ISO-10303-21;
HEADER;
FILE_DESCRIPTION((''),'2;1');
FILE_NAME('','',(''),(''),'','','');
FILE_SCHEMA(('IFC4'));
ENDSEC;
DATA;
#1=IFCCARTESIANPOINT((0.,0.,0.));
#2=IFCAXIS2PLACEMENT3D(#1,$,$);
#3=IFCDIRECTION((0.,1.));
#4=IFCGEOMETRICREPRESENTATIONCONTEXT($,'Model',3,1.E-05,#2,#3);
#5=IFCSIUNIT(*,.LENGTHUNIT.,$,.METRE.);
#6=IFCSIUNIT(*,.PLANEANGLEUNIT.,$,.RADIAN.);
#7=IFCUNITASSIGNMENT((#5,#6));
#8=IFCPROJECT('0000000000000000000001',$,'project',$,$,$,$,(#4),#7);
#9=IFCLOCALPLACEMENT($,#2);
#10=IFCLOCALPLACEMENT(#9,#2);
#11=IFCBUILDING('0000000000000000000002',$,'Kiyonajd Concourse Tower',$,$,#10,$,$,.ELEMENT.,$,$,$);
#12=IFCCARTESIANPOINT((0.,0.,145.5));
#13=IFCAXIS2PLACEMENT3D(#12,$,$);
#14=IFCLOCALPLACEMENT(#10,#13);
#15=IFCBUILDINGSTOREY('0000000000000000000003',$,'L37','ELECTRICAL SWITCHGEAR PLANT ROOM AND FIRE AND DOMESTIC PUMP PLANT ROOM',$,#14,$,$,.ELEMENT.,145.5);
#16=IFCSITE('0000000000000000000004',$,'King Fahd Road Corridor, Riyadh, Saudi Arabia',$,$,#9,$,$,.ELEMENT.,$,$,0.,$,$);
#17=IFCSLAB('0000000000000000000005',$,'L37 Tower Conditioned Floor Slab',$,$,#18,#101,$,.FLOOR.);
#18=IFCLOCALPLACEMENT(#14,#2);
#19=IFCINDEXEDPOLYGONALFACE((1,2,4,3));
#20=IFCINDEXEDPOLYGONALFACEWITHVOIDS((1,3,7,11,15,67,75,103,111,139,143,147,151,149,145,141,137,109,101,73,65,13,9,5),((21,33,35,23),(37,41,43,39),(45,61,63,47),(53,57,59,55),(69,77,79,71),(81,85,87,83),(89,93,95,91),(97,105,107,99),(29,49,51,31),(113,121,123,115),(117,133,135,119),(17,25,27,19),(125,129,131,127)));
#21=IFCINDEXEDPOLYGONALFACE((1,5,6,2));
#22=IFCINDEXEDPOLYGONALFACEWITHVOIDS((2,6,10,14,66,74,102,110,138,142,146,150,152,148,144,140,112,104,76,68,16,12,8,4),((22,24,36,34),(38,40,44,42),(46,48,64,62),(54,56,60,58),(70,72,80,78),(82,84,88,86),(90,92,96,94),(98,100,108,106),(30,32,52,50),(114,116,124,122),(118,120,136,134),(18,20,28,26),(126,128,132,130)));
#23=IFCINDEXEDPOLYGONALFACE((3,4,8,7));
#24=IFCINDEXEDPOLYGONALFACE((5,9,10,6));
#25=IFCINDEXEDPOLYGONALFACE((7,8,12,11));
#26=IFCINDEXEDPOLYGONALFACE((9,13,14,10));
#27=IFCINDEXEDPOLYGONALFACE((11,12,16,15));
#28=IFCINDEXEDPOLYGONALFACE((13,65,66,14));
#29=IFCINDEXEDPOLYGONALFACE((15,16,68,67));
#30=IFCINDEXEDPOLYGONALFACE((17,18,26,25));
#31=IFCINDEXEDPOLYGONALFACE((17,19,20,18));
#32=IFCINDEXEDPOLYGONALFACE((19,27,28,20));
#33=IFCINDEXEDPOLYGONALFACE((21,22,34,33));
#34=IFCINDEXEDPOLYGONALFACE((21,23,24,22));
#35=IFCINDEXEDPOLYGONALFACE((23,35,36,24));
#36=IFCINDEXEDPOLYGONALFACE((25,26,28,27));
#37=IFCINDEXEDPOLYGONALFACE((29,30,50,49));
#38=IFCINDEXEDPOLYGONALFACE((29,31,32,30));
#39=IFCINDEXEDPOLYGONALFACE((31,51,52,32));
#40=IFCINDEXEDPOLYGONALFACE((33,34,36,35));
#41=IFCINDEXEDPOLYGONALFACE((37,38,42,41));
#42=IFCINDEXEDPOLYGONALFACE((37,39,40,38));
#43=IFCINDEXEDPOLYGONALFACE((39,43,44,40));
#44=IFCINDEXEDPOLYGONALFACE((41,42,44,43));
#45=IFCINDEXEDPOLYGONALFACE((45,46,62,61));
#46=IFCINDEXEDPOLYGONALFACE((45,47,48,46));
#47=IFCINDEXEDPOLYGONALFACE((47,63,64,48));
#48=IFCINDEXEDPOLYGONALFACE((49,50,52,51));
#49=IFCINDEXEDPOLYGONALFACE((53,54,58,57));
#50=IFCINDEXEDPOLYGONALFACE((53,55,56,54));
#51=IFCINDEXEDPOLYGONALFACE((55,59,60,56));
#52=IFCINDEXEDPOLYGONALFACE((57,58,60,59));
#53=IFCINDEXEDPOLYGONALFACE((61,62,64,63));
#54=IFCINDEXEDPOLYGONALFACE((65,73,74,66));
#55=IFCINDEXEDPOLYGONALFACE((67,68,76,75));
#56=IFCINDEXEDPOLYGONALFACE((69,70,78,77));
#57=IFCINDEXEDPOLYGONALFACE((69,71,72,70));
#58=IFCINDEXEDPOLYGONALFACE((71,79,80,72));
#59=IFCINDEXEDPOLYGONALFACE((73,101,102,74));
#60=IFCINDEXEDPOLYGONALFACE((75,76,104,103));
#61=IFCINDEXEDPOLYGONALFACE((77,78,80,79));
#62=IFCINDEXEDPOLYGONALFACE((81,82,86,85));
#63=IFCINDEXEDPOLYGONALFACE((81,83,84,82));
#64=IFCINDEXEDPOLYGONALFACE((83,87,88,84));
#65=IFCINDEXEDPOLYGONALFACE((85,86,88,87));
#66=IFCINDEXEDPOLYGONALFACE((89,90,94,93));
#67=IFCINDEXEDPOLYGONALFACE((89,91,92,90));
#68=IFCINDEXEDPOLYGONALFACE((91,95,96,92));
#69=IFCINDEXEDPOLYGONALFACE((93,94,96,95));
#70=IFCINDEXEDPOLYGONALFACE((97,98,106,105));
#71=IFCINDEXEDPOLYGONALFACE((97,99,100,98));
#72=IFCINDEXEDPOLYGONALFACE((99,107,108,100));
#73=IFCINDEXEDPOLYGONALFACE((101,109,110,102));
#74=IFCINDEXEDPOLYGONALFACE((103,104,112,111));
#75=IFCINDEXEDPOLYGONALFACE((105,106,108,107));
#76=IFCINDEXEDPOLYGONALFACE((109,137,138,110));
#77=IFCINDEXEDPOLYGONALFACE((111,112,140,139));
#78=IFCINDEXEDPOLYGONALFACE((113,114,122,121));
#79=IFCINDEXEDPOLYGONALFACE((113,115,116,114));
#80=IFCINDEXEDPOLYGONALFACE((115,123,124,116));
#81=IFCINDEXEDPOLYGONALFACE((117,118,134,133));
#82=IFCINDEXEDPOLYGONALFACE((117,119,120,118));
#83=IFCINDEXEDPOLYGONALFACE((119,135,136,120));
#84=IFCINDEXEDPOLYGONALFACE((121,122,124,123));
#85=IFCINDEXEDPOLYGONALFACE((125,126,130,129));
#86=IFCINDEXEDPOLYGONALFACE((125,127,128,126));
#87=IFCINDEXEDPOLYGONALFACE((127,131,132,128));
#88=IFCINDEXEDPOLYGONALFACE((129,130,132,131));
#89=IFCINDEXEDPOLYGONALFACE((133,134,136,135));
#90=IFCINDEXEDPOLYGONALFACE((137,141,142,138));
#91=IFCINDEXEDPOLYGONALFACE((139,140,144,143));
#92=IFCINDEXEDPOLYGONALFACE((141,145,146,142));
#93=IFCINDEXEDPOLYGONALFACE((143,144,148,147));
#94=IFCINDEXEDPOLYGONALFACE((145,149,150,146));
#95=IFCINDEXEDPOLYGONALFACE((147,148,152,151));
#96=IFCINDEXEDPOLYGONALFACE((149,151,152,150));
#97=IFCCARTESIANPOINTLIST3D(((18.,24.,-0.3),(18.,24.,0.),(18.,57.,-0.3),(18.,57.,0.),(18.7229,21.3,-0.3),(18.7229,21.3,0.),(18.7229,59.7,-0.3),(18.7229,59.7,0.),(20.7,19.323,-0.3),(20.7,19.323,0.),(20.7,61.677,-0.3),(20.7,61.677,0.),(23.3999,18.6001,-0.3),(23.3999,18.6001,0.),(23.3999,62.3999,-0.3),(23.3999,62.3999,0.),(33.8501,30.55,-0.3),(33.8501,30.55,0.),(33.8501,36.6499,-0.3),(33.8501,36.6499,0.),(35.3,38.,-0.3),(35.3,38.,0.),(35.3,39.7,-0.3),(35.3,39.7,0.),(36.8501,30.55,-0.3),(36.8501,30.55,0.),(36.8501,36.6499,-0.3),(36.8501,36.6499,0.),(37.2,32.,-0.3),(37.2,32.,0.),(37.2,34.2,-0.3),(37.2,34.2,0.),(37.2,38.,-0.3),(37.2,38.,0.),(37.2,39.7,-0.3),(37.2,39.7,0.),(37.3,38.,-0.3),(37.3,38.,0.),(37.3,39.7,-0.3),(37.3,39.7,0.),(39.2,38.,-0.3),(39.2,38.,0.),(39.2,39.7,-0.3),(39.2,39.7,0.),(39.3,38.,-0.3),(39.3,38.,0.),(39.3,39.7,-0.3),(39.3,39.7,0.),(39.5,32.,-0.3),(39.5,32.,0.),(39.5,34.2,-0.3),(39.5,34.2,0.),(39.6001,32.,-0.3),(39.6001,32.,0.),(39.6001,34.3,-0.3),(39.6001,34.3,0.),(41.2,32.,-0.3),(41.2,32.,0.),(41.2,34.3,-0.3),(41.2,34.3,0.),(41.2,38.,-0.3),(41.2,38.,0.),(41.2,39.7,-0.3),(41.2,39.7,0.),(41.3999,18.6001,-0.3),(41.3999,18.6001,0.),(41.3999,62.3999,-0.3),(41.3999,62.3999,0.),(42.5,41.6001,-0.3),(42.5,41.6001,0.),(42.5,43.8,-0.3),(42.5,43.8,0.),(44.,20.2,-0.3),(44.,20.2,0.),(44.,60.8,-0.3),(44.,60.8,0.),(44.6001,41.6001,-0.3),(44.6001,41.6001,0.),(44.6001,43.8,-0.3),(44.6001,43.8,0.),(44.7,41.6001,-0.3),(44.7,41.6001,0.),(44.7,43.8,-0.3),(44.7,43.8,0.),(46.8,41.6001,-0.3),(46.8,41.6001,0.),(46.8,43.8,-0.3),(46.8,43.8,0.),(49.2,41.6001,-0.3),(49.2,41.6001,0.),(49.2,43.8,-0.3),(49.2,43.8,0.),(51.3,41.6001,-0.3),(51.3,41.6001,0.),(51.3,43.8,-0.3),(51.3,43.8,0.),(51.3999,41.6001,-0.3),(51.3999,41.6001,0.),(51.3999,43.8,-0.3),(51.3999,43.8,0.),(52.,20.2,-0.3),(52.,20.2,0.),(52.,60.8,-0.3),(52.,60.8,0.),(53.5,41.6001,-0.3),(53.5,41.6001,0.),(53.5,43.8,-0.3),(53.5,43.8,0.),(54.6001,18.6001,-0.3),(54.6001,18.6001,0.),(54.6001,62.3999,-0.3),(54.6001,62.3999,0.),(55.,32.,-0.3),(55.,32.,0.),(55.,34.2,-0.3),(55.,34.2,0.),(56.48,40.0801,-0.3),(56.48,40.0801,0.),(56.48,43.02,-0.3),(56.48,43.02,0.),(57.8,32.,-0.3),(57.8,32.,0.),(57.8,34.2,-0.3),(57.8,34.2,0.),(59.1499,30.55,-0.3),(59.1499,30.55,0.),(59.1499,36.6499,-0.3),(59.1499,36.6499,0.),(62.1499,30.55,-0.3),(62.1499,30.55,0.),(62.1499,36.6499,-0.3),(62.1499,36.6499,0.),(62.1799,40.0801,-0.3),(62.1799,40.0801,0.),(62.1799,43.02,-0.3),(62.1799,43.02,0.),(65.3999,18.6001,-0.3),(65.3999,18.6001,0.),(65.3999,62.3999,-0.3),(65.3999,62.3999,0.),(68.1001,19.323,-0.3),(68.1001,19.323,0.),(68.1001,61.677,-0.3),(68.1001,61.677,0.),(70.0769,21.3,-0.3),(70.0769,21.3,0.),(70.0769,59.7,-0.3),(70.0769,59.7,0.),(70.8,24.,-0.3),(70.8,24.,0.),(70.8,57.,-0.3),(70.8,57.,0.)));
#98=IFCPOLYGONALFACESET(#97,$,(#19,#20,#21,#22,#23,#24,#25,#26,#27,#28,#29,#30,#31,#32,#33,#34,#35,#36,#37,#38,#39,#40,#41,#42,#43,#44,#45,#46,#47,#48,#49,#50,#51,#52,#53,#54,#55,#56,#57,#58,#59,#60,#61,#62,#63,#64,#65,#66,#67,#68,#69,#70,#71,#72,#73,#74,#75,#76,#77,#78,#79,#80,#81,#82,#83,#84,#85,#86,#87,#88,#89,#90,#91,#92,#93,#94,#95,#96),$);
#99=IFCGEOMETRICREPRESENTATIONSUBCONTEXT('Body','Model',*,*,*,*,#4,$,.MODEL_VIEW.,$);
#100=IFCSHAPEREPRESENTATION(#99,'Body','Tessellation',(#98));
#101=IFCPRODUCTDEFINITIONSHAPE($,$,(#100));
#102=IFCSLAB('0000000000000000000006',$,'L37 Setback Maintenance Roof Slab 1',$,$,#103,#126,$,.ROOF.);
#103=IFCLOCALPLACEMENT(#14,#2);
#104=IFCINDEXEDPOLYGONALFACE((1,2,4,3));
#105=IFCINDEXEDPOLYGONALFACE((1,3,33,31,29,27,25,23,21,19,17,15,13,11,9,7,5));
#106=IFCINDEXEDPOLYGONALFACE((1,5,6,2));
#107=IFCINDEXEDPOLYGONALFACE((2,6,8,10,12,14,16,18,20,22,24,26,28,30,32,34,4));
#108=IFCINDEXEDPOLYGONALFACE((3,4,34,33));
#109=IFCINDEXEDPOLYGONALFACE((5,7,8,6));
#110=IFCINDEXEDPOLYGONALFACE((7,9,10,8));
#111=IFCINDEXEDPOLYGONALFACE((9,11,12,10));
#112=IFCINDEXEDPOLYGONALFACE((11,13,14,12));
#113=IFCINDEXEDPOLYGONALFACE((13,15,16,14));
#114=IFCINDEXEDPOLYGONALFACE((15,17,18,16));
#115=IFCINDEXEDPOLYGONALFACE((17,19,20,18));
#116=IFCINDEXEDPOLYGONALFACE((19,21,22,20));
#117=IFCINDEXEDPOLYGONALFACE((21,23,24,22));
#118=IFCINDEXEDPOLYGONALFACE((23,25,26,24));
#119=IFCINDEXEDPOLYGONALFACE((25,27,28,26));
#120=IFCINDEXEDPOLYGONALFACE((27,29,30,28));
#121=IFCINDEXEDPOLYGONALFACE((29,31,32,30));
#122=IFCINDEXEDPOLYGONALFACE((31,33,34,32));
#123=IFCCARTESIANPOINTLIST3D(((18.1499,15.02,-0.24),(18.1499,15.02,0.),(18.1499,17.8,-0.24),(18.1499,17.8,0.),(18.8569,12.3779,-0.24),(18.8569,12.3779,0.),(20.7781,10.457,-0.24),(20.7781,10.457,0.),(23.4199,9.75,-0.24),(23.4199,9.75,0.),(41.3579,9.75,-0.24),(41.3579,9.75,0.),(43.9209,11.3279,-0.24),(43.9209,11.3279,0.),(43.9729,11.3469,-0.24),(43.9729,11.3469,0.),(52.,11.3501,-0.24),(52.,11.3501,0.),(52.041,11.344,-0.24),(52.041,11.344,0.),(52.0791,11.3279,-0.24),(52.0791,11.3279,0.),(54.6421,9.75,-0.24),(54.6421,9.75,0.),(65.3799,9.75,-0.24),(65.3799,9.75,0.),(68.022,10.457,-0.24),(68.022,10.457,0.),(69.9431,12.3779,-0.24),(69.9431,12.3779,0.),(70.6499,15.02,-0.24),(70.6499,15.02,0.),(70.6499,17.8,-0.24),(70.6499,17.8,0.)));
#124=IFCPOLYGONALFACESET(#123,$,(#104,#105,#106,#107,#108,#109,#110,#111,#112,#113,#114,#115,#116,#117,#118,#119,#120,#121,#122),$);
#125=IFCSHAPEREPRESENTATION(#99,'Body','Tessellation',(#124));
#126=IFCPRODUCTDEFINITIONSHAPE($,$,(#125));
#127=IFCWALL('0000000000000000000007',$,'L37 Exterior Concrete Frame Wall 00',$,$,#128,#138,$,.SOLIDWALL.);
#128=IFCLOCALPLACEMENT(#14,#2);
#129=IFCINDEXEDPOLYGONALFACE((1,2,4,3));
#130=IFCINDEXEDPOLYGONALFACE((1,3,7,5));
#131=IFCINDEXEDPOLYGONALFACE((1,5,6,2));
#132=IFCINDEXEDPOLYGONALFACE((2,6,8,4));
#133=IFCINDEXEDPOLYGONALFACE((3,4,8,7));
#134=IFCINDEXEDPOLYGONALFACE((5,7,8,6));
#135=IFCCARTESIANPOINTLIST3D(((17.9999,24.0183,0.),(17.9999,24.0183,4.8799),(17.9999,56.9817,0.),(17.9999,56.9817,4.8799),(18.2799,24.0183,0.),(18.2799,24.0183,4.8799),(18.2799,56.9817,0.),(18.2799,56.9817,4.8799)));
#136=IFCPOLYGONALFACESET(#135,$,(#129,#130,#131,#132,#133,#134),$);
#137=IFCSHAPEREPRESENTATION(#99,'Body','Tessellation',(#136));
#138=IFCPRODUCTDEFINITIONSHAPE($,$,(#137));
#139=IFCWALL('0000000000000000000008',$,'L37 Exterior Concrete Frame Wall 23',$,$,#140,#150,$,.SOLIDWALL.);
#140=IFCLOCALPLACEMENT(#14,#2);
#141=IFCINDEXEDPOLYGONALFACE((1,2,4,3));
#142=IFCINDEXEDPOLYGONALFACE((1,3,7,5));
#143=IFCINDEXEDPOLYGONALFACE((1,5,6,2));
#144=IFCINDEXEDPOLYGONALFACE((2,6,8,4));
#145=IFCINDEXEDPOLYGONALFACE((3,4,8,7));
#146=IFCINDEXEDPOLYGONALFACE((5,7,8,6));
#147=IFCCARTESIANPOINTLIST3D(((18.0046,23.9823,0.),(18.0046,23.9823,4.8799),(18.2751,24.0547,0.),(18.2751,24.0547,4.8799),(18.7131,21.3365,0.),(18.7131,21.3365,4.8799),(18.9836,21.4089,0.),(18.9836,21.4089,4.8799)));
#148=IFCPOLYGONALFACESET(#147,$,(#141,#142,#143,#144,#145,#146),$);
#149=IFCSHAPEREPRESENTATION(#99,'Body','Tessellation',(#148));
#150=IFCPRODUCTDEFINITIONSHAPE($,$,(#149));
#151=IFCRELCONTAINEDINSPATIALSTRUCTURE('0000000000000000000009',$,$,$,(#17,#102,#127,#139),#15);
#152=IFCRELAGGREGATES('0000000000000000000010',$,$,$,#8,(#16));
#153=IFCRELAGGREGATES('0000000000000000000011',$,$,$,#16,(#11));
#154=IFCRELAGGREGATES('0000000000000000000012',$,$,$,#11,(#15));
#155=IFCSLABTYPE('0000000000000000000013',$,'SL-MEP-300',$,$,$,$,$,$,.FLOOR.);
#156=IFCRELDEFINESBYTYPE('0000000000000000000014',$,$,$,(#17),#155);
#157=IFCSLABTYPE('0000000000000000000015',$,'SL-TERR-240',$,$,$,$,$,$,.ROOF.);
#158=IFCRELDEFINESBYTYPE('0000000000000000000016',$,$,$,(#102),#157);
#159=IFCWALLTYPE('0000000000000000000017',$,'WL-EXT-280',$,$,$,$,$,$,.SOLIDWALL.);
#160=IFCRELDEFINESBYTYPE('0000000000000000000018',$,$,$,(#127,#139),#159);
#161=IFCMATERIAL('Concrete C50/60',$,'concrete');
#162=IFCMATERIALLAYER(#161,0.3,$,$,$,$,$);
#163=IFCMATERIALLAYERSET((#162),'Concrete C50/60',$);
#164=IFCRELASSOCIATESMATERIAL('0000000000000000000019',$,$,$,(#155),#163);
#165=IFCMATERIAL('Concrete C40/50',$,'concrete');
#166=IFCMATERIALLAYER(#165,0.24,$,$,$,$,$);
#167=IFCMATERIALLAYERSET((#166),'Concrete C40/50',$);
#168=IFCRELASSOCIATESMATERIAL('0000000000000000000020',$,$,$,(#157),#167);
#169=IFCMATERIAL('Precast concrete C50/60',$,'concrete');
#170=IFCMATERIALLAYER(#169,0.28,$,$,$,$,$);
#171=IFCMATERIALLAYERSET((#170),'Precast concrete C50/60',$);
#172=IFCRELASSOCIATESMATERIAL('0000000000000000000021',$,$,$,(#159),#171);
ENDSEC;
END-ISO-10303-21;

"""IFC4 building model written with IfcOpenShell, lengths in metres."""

from ifc_helpers import new_model, si_unit, direction, frame, frame_2d, origin, place, context, subcontext, project, spatial, polyline, rectangle, outline, extrude, material, layer, layer_set, type_object, element, save


model = new_model("IFC4")

# Units and contexts
model_context = context("Model", 3, precision=1e-05, world=origin(), true_north=direction((0.0, 1.0)))
body_context = subcontext(model_context, "Body", "Model", "MODEL_VIEW")
ifc_project = project(units=[si_unit("LENGTHUNIT", "METRE"), si_unit("PLANEANGLEUNIT", "RADIAN")], contexts=[model_context])

# Site, building, storey
site_placement = place(None, origin())
site = spatial("IfcSite", under=ifc_project, at=site_placement, Name="King Fahd Road Corridor, Riyadh, Saudi Arabia", CompositionType="ELEMENT", RefElevation=0.0)
building_placement = place(site_placement, origin())
building = spatial("IfcBuilding", under=site, at=building_placement, Name="Kiyonajd Concourse Tower", CompositionType="ELEMENT")
storey_placement = place(building_placement, frame((0.0, 0.0, 145.5)))
storey = spatial("IfcBuildingStorey", under=building, at=storey_placement, Name="L37", Description="ELECTRICAL SWITCHGEAR PLANT ROOM AND FIRE AND DOMESTIC PUMP PLANT ROOM", CompositionType="ELEMENT", Elevation=145.5)

# Shared definitions
ifc_material_1 = material(Name="Concrete C40/50", Category="concrete")

# Slabs
ifc_material_2 = material(Name="Concrete C50/60", Category="concrete")
ifc_layer_1 = layer(ifc_material_2, 0.3)
ifc_layer_set_1 = layer_set([ifc_layer_1], Name="Concrete C50/60")
slab_type_1 = type_object("IfcSlabType", Name="SL-MEP-300", PredefinedType="FLOOR", material=ifc_layer_set_1)
slab_1_placement = place(storey_placement, frame((0.0, 0.0, -0.3)))
element("IfcSlab", 1, at=slab_1_placement, inside=storey, type_object=slab_type_1, Name="L37 Tower Conditioned Floor Slab", PredefinedType="FLOOR", context=body_context, shape_type="SweptSolid", body=[
    extrude(outline(polyline([(18.0, 24.0), (18.7229, 21.3), (20.7, 19.323), (23.3999, 18.6001), (41.3999, 18.6001), (44.0, 20.2), (52.0, 20.2), (54.6001, 18.6001), (65.3999, 18.6001), (68.1001, 19.323), (70.0769, 21.3), (70.8, 24.0), (70.8, 57.0), (70.0769, 59.7), (68.1001, 61.677), (65.3999, 62.3999), (54.6001, 62.3999), (52.0, 60.8), (44.0, 60.8), (41.3999, 62.3999), (23.3999, 62.3999), (20.7, 61.677), (18.7229, 59.7), (18.0, 57.0), (18.0, 24.0)]), holes=[polyline([(39.5, 32.0), (37.2, 32.0), (37.2, 34.2), (39.5, 34.2), (39.5, 32.0)]), polyline([(39.6001, 32.0), (39.6001, 34.3), (41.2, 34.3), (41.2, 32.0), (39.6001, 32.0)]), polyline([(33.8501, 30.55), (33.8501, 36.6499), (36.8501, 36.6499), (36.8501, 30.55), (33.8501, 30.55)]), polyline([(37.2, 38.0), (35.3, 38.0), (35.3, 39.7), (37.2, 39.7), (37.2, 38.0)]), polyline([(37.3, 38.0), (37.3, 39.7), (39.2, 39.7), (39.2, 38.0), (37.3, 38.0)]), polyline([(39.3, 38.0), (39.3, 39.7), (41.2, 39.7), (41.2, 38.0), (39.3, 38.0)]), polyline([(44.6001, 41.6001), (42.5, 41.6001), (42.5, 43.8), (44.6001, 43.8), (44.6001, 41.6001)]), polyline([(55.0, 32.0), (55.0, 34.2), (57.8, 34.2), (57.8, 32.0), (55.0, 32.0)]), polyline([(59.1499, 30.55), (59.1499, 36.6499), (62.1499, 36.6499), (62.1499, 30.55), (59.1499, 30.55)]), polyline([(56.48, 43.02), (62.1799, 43.02), (62.1799, 40.0801), (56.48, 40.0801), (56.48, 43.02)]), polyline([(44.7, 41.6001), (44.7, 43.8), (46.8, 43.8), (46.8, 41.6001), (44.7, 41.6001)]), polyline([(49.2, 41.6001), (49.2, 43.8), (51.3, 43.8), (51.3, 41.6001), (49.2, 41.6001)]), polyline([(51.3999, 41.6001), (51.3999, 43.8), (53.5, 43.8), (53.5, 41.6001), (51.3999, 41.6001)])]), origin(), (0.0, 0.0, 1.0), 0.3),
])
ifc_layer_2 = layer(ifc_material_1, 0.24)
ifc_layer_set_2 = layer_set([ifc_layer_2], Name="Concrete C40/50")
slab_type_2 = type_object("IfcSlabType", Name="SL-TERR-240", PredefinedType="ROOF", material=ifc_layer_set_2)
slab_2_placement = place(storey_placement, frame((0.0, 0.0, -0.24)))
element("IfcSlab", 2, at=slab_2_placement, inside=storey, type_object=slab_type_2, Name="L37 Setback Maintenance Roof Slab 1", PredefinedType="ROOF", context=body_context, shape_type="SweptSolid", body=[
    extrude(outline(polyline([(70.6499, 15.02), (69.9431, 12.3779), (68.022, 10.457), (65.3799, 9.75), (54.6421, 9.75), (52.0791, 11.3279), (52.041, 11.344), (52.0, 11.3501), (43.9729, 11.3469), (43.9209, 11.3279), (41.3579, 9.75), (23.4199, 9.75), (20.7781, 10.457), (18.8569, 12.3779), (18.1499, 15.02), (18.1499, 17.8), (70.6499, 17.8), (70.6499, 15.02)])), origin(), (0.0, 0.0, 1.0), 0.24),
])

# Walls
ifc_material_3 = material(Name="Precast concrete C50/60", Category="concrete")
ifc_layer_3 = layer(ifc_material_3, 0.28)
ifc_layer_set_3 = layer_set([ifc_layer_3], Name="Precast concrete C50/60")
wall_type_1 = type_object("IfcWallType", Name="WL-EXT-280", PredefinedType="SOLIDWALL", material=ifc_layer_set_3)
wall_1_placement = place(storey_placement, frame((18.1399, 24.0183, 0.0), z_axis=(0.0, 0.0, 1.0), x_axis=(0.0, 1.0, 0.0)))
element("IfcWall", 3, at=wall_1_placement, inside=storey, type_object=wall_type_1, Name="L37 Exterior Concrete Frame Wall 00", PredefinedType="SOLIDWALL", context=body_context, shape_type="SweptSolid", body=[
    extrude(rectangle(XDim=32.9634, YDim=0.28, at=frame_2d((16.4817, 0.0))), origin(), (0.0, 0.0, 1.0), 4.8799),
])
wall_2_placement = place(storey_placement, frame((18.8484, 21.3726, 0.0), z_axis=(0.0, 0.0, 1.0), x_axis=(-0.258672, 0.965965, 0.0)))
element("IfcWall", 4, at=wall_2_placement, inside=storey, type_object=wall_type_1, Name="L37 Exterior Concrete Frame Wall 23", PredefinedType="SOLIDWALL", context=body_context, shape_type="SweptSolid", body=[
    extrude(rectangle(XDim=2.739, YDim=0.28, at=frame_2d((1.3696, 0.0))), origin(), (0.0, 0.0, 1.0), 4.8799),
])

save(model, "model.ifc")
